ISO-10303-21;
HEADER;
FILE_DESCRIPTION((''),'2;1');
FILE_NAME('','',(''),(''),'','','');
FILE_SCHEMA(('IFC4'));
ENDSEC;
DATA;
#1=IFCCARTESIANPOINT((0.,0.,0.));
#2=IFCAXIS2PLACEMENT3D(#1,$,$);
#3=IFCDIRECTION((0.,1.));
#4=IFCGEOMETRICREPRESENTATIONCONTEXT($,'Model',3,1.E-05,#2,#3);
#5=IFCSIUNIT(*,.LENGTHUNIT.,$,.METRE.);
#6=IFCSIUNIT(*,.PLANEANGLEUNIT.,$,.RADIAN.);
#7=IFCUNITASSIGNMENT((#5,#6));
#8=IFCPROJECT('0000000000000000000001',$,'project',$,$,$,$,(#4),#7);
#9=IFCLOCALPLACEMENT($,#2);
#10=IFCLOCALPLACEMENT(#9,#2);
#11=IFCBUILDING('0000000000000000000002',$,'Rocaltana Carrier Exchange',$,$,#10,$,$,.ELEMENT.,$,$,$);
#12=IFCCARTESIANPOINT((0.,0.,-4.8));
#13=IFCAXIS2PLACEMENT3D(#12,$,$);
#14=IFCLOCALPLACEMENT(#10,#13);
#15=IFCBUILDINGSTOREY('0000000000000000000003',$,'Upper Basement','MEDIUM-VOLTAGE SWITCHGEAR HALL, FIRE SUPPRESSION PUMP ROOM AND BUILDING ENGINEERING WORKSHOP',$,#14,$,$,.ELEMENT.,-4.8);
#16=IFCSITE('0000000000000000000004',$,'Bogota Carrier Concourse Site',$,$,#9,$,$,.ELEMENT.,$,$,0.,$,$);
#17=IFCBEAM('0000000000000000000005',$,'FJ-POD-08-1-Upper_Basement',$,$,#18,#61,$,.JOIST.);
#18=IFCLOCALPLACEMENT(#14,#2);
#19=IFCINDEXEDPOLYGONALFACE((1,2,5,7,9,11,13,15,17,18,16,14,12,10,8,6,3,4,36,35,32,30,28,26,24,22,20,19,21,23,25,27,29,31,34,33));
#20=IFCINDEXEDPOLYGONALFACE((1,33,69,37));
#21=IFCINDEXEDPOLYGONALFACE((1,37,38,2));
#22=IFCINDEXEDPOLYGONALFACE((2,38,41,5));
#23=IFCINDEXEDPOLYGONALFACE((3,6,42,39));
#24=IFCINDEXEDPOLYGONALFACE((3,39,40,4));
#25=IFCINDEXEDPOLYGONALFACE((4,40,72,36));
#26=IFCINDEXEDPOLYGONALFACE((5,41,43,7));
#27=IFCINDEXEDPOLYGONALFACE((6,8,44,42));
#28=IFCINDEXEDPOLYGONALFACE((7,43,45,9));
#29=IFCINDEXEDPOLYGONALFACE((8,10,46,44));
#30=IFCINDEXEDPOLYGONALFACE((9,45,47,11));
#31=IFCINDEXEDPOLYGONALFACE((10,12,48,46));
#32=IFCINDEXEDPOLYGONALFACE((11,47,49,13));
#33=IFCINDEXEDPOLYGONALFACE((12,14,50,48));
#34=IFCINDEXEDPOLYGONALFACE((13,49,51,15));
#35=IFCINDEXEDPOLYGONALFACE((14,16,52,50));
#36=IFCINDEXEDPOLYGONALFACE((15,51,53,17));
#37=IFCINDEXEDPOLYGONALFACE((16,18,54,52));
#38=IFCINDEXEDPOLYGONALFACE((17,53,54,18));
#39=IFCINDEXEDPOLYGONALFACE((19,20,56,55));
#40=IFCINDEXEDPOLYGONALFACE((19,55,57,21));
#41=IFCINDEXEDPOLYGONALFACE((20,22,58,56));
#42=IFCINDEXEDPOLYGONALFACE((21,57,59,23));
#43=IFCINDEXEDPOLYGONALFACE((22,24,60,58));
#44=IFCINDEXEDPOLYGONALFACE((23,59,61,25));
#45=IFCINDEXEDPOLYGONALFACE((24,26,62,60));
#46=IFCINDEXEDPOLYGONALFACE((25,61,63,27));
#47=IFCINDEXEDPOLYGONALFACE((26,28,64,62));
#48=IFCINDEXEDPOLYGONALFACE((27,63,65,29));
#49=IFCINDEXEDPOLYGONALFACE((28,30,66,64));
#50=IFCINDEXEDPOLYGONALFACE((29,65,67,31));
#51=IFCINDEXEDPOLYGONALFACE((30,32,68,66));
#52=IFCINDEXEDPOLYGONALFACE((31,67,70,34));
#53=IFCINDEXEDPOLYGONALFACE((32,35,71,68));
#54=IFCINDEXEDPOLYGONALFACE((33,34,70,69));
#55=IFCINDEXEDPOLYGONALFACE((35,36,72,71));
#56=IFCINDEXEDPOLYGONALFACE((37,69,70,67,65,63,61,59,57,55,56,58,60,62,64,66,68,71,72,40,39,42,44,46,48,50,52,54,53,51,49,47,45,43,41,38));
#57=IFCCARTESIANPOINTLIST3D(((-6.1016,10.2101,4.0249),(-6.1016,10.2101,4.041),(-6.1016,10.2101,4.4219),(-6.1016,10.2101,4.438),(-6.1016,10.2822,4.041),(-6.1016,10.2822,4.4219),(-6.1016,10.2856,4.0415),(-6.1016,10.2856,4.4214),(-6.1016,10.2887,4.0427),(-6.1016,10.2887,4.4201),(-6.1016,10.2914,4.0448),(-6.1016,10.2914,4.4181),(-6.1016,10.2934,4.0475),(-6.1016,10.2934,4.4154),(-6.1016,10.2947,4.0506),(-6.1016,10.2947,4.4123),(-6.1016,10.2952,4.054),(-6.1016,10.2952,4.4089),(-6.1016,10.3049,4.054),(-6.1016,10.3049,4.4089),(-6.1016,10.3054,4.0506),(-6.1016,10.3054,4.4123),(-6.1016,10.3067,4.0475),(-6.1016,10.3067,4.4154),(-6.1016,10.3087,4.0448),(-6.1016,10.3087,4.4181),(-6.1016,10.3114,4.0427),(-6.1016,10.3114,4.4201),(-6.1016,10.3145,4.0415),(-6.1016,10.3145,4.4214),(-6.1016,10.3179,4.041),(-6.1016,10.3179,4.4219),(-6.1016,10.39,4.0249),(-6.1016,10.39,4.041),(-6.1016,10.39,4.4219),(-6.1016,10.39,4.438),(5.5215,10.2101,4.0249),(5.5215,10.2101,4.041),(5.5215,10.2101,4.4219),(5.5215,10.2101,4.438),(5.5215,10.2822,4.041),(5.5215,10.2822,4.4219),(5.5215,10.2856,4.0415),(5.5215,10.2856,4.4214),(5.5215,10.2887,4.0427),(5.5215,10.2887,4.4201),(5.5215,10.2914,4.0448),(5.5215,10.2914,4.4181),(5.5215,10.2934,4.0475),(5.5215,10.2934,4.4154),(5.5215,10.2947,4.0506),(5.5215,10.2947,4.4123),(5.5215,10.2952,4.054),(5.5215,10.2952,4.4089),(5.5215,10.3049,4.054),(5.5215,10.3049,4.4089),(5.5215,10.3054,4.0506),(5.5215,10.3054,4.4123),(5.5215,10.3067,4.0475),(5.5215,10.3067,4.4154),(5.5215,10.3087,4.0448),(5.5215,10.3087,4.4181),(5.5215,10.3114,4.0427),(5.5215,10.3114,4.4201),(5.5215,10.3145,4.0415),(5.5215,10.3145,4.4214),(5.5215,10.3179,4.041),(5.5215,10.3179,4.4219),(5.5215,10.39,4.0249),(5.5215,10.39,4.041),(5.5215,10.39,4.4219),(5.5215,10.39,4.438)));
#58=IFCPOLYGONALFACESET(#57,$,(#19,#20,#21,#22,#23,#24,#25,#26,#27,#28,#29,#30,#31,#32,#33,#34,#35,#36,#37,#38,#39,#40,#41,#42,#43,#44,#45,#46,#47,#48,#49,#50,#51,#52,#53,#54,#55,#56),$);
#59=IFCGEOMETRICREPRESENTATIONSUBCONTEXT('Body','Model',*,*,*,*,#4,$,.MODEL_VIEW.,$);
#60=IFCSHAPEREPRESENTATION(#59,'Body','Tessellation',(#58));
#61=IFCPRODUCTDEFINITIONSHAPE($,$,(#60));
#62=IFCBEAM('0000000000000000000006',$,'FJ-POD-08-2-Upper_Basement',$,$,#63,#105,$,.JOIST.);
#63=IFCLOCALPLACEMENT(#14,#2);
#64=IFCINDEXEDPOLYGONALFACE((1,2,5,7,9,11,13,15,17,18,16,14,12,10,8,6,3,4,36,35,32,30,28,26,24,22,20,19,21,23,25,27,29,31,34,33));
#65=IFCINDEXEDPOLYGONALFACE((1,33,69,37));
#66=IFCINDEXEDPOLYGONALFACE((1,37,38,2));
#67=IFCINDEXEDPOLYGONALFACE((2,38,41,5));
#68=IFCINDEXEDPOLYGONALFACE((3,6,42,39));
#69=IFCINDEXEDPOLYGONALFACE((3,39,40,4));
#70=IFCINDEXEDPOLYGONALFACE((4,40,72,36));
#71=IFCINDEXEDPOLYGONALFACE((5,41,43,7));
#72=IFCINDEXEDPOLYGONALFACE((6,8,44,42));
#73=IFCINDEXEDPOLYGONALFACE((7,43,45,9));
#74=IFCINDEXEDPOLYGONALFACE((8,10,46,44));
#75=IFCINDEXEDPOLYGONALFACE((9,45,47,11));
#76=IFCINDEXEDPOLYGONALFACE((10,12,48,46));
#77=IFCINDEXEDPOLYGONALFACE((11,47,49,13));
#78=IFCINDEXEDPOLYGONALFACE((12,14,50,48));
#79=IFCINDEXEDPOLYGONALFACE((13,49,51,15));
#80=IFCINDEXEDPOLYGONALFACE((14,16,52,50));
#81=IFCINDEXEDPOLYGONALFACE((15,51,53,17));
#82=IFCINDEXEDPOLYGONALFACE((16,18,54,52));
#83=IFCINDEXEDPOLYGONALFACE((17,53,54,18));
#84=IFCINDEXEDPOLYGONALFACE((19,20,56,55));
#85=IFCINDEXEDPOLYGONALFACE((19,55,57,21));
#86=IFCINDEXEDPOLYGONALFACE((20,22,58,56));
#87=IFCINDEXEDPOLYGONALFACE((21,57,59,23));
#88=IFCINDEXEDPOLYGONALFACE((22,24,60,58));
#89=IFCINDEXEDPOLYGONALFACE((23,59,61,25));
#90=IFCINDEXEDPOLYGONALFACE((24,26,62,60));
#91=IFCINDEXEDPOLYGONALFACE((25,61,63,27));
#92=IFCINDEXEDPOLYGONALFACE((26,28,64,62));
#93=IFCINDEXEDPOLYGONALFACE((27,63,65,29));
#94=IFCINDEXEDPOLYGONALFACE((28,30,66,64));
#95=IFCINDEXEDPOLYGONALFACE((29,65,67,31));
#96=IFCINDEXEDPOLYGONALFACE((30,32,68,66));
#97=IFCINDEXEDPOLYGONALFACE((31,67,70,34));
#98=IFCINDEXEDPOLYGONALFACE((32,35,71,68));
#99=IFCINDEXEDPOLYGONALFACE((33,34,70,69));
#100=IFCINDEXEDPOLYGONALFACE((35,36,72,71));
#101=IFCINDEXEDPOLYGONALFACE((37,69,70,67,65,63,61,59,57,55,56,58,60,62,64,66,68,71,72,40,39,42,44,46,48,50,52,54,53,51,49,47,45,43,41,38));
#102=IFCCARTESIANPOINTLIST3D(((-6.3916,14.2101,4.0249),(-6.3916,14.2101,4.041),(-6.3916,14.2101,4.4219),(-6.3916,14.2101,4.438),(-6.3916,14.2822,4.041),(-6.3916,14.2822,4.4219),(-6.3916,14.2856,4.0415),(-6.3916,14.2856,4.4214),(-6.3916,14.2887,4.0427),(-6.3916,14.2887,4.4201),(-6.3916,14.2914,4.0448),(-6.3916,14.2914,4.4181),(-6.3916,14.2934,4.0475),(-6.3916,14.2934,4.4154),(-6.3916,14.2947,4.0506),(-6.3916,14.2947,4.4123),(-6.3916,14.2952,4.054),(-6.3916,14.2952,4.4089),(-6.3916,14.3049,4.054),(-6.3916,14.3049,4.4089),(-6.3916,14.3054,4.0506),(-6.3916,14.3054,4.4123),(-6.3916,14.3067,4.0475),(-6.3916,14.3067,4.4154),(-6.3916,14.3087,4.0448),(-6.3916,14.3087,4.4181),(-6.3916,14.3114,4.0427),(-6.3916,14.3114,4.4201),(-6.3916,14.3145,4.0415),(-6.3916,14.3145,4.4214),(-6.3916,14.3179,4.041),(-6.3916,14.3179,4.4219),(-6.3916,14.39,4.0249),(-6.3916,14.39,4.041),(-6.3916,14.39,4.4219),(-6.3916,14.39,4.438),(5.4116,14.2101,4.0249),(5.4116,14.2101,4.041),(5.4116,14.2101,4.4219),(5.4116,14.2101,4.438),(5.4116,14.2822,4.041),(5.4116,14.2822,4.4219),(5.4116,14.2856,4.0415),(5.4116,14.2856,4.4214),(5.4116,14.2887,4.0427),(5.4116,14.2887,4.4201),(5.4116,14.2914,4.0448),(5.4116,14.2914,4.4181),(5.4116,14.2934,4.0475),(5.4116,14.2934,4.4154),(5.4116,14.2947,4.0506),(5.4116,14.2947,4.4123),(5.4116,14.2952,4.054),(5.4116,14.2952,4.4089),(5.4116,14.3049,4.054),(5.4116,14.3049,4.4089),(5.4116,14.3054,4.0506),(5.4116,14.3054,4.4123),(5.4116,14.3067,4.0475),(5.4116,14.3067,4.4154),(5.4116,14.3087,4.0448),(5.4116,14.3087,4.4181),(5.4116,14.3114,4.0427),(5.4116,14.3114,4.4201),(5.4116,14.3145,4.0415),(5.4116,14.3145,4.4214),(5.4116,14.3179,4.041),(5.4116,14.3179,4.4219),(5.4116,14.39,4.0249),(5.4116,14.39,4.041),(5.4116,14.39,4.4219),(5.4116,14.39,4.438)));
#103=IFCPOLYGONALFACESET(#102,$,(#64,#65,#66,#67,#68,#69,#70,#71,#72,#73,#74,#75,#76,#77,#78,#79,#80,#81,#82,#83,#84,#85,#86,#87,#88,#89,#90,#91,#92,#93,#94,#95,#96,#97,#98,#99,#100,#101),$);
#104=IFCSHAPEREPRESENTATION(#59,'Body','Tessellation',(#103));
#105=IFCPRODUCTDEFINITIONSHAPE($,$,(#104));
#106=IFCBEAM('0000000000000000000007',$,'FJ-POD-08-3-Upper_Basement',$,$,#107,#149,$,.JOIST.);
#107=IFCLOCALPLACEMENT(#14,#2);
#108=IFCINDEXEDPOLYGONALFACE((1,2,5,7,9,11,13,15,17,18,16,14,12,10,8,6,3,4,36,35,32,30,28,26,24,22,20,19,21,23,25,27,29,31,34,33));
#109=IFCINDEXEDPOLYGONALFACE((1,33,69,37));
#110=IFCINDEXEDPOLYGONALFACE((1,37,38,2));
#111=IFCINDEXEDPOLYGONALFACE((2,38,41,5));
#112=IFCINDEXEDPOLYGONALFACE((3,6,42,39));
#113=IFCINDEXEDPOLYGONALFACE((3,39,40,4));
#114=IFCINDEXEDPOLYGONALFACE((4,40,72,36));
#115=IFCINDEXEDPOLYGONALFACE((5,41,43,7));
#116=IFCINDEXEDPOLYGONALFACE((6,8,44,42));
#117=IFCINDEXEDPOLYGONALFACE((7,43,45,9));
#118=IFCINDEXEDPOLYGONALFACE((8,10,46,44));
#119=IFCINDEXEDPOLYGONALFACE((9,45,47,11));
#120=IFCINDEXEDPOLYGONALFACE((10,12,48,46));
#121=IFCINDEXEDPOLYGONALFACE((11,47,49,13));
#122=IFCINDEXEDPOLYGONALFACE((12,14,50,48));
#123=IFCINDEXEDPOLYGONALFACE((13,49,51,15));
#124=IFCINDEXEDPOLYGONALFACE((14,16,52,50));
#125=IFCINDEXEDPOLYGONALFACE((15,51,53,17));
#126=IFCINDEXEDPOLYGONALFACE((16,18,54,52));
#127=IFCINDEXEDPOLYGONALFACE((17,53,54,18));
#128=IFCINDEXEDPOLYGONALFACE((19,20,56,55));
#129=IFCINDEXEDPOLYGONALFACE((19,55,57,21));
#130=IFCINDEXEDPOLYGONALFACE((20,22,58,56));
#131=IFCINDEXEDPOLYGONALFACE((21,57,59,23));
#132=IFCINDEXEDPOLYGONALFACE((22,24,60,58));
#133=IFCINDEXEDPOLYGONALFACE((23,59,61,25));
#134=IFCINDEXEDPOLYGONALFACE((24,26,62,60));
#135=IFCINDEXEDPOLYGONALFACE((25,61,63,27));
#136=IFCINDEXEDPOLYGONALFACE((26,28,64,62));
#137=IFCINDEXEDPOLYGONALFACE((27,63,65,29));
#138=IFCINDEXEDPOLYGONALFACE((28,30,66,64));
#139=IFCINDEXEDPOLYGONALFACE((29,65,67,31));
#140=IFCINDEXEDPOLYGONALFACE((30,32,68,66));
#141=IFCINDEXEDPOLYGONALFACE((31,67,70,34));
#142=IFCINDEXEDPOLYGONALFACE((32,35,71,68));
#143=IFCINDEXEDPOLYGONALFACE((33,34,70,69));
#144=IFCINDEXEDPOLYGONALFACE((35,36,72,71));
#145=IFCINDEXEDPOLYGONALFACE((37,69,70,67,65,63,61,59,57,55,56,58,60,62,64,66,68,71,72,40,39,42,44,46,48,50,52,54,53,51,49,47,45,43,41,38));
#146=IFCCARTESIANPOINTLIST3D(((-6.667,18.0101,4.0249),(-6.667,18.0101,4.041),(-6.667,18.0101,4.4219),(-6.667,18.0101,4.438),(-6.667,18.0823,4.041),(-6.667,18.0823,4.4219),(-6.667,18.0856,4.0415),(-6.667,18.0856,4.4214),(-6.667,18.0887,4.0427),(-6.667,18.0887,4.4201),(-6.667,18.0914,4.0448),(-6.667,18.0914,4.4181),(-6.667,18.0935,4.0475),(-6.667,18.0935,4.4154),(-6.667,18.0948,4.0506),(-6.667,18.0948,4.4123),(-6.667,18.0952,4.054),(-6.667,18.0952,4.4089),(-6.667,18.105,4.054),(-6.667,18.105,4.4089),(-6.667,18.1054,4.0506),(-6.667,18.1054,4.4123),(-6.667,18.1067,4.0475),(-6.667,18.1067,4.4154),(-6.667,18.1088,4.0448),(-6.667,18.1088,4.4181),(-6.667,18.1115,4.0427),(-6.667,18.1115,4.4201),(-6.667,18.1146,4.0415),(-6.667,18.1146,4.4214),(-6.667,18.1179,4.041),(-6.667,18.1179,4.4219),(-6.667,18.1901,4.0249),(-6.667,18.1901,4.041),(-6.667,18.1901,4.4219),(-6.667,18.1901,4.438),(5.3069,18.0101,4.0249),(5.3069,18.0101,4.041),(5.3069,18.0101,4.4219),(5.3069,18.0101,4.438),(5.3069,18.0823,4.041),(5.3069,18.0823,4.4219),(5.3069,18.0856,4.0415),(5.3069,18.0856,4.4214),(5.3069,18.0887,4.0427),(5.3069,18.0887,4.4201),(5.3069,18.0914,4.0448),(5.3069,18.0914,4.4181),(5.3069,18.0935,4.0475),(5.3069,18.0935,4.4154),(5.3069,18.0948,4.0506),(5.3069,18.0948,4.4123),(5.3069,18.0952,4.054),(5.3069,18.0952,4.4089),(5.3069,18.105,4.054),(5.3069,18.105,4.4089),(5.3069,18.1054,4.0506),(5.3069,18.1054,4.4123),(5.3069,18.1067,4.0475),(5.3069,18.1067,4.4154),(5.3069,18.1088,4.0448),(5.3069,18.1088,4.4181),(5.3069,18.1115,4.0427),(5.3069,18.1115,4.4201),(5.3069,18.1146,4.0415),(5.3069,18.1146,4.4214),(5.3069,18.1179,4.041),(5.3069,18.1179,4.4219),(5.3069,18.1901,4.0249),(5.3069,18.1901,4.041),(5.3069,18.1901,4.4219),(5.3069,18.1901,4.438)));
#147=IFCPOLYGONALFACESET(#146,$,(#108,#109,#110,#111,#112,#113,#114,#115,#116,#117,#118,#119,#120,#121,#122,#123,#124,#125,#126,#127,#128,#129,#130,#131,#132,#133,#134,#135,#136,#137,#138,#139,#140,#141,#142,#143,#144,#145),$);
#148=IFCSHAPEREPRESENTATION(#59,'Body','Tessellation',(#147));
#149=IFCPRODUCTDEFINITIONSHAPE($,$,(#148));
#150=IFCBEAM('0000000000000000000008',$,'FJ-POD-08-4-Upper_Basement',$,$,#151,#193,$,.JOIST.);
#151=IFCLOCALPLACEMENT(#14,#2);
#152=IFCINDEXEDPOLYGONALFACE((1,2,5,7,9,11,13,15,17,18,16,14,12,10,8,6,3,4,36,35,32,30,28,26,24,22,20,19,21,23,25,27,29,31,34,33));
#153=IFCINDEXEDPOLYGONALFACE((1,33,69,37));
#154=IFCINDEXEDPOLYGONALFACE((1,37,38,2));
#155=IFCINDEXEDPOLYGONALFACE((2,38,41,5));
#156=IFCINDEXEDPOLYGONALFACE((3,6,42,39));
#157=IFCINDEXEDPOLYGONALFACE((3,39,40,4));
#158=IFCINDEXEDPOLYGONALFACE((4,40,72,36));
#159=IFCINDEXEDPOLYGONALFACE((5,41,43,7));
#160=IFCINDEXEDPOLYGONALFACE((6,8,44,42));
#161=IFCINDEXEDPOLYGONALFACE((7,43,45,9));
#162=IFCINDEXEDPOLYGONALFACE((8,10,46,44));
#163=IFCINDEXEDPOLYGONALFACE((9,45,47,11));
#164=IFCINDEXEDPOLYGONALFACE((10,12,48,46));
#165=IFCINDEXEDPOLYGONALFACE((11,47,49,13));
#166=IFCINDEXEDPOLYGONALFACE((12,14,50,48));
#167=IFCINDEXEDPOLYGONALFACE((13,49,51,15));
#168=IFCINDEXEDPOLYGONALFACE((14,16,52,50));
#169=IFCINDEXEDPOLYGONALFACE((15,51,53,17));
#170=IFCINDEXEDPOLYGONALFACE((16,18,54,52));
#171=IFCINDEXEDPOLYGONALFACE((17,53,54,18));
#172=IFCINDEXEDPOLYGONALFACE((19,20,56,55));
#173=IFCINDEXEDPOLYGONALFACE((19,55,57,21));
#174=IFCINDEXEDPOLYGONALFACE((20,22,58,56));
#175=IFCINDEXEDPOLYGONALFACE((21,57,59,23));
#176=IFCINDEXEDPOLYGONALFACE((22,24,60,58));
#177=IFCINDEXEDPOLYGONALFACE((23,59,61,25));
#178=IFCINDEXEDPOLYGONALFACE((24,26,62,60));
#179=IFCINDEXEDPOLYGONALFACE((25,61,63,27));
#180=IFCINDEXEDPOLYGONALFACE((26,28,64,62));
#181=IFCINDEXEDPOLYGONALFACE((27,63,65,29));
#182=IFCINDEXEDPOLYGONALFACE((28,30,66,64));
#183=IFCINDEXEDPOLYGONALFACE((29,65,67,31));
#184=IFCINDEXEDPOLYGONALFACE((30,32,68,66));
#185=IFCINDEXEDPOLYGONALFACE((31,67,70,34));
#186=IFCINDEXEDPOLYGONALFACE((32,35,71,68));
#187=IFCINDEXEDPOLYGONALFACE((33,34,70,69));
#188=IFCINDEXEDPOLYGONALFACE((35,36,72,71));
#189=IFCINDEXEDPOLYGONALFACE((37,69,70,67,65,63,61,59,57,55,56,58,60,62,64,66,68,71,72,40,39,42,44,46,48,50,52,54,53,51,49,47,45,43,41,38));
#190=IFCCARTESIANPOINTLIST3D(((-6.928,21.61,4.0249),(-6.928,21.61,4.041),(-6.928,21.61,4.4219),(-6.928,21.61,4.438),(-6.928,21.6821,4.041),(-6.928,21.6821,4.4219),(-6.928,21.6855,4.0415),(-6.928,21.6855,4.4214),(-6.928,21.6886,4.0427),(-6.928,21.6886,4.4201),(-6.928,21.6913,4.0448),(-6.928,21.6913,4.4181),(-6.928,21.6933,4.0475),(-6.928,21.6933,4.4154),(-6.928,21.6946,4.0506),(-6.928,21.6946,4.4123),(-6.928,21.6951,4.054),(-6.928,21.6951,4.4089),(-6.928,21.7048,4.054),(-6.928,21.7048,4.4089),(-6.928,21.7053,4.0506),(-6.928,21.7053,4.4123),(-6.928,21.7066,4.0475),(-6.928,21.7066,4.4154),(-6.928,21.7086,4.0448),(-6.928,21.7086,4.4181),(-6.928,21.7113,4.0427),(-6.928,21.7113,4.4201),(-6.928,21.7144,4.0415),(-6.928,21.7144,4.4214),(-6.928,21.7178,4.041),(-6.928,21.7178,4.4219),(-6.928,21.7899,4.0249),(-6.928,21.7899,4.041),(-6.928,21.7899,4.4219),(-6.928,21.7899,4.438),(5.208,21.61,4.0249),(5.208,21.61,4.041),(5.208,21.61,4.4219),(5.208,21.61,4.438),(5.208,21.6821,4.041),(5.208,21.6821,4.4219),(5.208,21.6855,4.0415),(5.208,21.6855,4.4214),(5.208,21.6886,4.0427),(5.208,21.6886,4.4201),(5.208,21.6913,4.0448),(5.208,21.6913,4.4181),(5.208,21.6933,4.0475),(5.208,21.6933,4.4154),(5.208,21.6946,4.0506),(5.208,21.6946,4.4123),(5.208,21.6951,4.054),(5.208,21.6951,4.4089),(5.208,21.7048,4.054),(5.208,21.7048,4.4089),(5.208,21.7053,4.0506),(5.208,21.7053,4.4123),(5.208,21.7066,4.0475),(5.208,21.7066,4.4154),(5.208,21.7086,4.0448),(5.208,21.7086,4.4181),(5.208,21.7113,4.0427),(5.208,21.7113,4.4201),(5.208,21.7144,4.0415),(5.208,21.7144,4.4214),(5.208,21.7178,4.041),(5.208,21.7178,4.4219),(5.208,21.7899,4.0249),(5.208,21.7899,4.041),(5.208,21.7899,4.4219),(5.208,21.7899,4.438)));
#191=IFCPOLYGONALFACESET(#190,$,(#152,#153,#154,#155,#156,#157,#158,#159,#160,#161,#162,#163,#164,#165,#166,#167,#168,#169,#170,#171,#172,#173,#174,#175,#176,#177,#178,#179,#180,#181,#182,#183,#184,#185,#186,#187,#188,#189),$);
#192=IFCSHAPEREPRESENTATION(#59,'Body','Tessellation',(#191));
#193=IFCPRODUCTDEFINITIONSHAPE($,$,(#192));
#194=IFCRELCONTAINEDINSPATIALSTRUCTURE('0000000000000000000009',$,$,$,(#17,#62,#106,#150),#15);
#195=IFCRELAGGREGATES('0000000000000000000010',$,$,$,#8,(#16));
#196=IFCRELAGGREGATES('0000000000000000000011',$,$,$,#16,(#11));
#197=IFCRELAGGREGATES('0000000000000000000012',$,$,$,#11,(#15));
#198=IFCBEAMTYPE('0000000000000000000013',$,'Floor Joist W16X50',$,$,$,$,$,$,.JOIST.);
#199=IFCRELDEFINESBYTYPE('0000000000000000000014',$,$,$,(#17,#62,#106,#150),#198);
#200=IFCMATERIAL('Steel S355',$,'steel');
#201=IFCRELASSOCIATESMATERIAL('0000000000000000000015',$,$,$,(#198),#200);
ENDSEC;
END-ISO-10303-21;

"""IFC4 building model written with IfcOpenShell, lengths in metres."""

from ifc_helpers import new_model, si_unit, direction, frame, origin, origin_2d, place, context, subcontext, project, spatial, i_section, extrude, material, material_profile, profile_set, type_object, element, save


model = new_model("IFC4")

# Units and contexts
model_context = context("Model", 3, precision=1e-05, world=origin(), true_north=direction((0.0, 1.0)))
body_context = subcontext(model_context, "Body", "Model", "MODEL_VIEW")
ifc_project = project(units=[si_unit("LENGTHUNIT", "METRE"), si_unit("PLANEANGLEUNIT", "RADIAN")], contexts=[model_context])

# Site, building, storey
site_placement = place(None, origin())
site = spatial("IfcSite", under=ifc_project, at=site_placement, Name="Bogota Carrier Concourse Site", CompositionType="ELEMENT", RefElevation=0.0)
building_placement = place(site_placement, origin())
building = spatial("IfcBuilding", under=site, at=building_placement, Name="Rocaltana Carrier Exchange", CompositionType="ELEMENT")
storey_placement = place(building_placement, frame((0.0, 0.0, -4.8)))
storey = spatial("IfcBuildingStorey", under=building, at=storey_placement, Name="Upper Basement", Description="MEDIUM-VOLTAGE SWITCHGEAR HALL, FIRE SUPPRESSION PUMP ROOM AND BUILDING ENGINEERING WORKSHOP", CompositionType="ELEMENT", Elevation=-4.8)

# Beams
ifc_material_1 = material(Name="Steel S355", Category="steel")
ifc_material_profile_1 = material_profile(ifc_material_1, i_section(OverallWidth=0.1799, OverallDepth=0.4131, WebThickness=0.0098, FlangeThickness=0.0161, FilletRadius=0.0129, at=origin_2d()), Name="W16X50")
ifc_profile_set_1 = profile_set([ifc_material_profile_1], Name="Steel S355")
beam_type_1 = type_object("IfcBeamType", Name="Floor Joist W16X50", PredefinedType="JOIST", material=ifc_profile_set_1)
beam_1_placement = place(storey_placement, frame((5.5215, 10.3, 4.2314), z_axis=(-1.0, 0.0, 0.0), x_axis=(0.0, -1.0, 0.0)))
element("IfcBeam", 1, at=beam_1_placement, inside=storey, type_object=beam_type_1, Name="FJ-POD-08-1-Upper_Basement", PredefinedType="JOIST", context=body_context, shape_type="SweptSolid", body=[
    extrude(i_section(OverallWidth=0.1799, OverallDepth=0.4131, WebThickness=0.0098, FlangeThickness=0.0161, FilletRadius=0.0129, at=origin_2d()), origin(), (0.0, 0.0, 1.0), 11.623),
])
beam_2_placement = place(storey_placement, frame((5.4116, 14.3, 4.2314), z_axis=(-1.0, 0.0, 0.0), x_axis=(0.0, -1.0, 0.0)))
element("IfcBeam", 2, at=beam_2_placement, inside=storey, type_object=beam_type_1, Name="FJ-POD-08-2-Upper_Basement", PredefinedType="JOIST", context=body_context, shape_type="SweptSolid", body=[
    extrude(i_section(OverallWidth=0.1799, OverallDepth=0.4131, WebThickness=0.0098, FlangeThickness=0.0161, FilletRadius=0.0129, at=origin_2d()), origin(), (0.0, 0.0, 1.0), 11.8032),
])
beam_3_placement = place(storey_placement, frame((5.3069, 18.1001, 4.2314), z_axis=(-1.0, 0.0, 0.0), x_axis=(0.0, -1.0, 0.0)))
element("IfcBeam", 3, at=beam_3_placement, inside=storey, type_object=beam_type_1, Name="FJ-POD-08-3-Upper_Basement", PredefinedType="JOIST", context=body_context, shape_type="SweptSolid", body=[
    extrude(i_section(OverallWidth=0.1799, OverallDepth=0.4131, WebThickness=0.0098, FlangeThickness=0.0161, FilletRadius=0.0129, at=origin_2d()), origin(), (0.0, 0.0, 1.0), 11.9739),
])
beam_4_placement = place(storey_placement, frame((5.208, 21.7, 4.2314), z_axis=(-1.0, 0.0, 0.0), x_axis=(0.0, -1.0, 0.0)))
element("IfcBeam", 4, at=beam_4_placement, inside=storey, type_object=beam_type_1, Name="FJ-POD-08-4-Upper_Basement", PredefinedType="JOIST", context=body_context, shape_type="SweptSolid", body=[
    extrude(i_section(OverallWidth=0.1799, OverallDepth=0.4131, WebThickness=0.0098, FlangeThickness=0.0161, FilletRadius=0.0129, at=origin_2d()), origin(), (0.0, 0.0, 1.0), 12.136),
])

save(model, "model.ifc")
